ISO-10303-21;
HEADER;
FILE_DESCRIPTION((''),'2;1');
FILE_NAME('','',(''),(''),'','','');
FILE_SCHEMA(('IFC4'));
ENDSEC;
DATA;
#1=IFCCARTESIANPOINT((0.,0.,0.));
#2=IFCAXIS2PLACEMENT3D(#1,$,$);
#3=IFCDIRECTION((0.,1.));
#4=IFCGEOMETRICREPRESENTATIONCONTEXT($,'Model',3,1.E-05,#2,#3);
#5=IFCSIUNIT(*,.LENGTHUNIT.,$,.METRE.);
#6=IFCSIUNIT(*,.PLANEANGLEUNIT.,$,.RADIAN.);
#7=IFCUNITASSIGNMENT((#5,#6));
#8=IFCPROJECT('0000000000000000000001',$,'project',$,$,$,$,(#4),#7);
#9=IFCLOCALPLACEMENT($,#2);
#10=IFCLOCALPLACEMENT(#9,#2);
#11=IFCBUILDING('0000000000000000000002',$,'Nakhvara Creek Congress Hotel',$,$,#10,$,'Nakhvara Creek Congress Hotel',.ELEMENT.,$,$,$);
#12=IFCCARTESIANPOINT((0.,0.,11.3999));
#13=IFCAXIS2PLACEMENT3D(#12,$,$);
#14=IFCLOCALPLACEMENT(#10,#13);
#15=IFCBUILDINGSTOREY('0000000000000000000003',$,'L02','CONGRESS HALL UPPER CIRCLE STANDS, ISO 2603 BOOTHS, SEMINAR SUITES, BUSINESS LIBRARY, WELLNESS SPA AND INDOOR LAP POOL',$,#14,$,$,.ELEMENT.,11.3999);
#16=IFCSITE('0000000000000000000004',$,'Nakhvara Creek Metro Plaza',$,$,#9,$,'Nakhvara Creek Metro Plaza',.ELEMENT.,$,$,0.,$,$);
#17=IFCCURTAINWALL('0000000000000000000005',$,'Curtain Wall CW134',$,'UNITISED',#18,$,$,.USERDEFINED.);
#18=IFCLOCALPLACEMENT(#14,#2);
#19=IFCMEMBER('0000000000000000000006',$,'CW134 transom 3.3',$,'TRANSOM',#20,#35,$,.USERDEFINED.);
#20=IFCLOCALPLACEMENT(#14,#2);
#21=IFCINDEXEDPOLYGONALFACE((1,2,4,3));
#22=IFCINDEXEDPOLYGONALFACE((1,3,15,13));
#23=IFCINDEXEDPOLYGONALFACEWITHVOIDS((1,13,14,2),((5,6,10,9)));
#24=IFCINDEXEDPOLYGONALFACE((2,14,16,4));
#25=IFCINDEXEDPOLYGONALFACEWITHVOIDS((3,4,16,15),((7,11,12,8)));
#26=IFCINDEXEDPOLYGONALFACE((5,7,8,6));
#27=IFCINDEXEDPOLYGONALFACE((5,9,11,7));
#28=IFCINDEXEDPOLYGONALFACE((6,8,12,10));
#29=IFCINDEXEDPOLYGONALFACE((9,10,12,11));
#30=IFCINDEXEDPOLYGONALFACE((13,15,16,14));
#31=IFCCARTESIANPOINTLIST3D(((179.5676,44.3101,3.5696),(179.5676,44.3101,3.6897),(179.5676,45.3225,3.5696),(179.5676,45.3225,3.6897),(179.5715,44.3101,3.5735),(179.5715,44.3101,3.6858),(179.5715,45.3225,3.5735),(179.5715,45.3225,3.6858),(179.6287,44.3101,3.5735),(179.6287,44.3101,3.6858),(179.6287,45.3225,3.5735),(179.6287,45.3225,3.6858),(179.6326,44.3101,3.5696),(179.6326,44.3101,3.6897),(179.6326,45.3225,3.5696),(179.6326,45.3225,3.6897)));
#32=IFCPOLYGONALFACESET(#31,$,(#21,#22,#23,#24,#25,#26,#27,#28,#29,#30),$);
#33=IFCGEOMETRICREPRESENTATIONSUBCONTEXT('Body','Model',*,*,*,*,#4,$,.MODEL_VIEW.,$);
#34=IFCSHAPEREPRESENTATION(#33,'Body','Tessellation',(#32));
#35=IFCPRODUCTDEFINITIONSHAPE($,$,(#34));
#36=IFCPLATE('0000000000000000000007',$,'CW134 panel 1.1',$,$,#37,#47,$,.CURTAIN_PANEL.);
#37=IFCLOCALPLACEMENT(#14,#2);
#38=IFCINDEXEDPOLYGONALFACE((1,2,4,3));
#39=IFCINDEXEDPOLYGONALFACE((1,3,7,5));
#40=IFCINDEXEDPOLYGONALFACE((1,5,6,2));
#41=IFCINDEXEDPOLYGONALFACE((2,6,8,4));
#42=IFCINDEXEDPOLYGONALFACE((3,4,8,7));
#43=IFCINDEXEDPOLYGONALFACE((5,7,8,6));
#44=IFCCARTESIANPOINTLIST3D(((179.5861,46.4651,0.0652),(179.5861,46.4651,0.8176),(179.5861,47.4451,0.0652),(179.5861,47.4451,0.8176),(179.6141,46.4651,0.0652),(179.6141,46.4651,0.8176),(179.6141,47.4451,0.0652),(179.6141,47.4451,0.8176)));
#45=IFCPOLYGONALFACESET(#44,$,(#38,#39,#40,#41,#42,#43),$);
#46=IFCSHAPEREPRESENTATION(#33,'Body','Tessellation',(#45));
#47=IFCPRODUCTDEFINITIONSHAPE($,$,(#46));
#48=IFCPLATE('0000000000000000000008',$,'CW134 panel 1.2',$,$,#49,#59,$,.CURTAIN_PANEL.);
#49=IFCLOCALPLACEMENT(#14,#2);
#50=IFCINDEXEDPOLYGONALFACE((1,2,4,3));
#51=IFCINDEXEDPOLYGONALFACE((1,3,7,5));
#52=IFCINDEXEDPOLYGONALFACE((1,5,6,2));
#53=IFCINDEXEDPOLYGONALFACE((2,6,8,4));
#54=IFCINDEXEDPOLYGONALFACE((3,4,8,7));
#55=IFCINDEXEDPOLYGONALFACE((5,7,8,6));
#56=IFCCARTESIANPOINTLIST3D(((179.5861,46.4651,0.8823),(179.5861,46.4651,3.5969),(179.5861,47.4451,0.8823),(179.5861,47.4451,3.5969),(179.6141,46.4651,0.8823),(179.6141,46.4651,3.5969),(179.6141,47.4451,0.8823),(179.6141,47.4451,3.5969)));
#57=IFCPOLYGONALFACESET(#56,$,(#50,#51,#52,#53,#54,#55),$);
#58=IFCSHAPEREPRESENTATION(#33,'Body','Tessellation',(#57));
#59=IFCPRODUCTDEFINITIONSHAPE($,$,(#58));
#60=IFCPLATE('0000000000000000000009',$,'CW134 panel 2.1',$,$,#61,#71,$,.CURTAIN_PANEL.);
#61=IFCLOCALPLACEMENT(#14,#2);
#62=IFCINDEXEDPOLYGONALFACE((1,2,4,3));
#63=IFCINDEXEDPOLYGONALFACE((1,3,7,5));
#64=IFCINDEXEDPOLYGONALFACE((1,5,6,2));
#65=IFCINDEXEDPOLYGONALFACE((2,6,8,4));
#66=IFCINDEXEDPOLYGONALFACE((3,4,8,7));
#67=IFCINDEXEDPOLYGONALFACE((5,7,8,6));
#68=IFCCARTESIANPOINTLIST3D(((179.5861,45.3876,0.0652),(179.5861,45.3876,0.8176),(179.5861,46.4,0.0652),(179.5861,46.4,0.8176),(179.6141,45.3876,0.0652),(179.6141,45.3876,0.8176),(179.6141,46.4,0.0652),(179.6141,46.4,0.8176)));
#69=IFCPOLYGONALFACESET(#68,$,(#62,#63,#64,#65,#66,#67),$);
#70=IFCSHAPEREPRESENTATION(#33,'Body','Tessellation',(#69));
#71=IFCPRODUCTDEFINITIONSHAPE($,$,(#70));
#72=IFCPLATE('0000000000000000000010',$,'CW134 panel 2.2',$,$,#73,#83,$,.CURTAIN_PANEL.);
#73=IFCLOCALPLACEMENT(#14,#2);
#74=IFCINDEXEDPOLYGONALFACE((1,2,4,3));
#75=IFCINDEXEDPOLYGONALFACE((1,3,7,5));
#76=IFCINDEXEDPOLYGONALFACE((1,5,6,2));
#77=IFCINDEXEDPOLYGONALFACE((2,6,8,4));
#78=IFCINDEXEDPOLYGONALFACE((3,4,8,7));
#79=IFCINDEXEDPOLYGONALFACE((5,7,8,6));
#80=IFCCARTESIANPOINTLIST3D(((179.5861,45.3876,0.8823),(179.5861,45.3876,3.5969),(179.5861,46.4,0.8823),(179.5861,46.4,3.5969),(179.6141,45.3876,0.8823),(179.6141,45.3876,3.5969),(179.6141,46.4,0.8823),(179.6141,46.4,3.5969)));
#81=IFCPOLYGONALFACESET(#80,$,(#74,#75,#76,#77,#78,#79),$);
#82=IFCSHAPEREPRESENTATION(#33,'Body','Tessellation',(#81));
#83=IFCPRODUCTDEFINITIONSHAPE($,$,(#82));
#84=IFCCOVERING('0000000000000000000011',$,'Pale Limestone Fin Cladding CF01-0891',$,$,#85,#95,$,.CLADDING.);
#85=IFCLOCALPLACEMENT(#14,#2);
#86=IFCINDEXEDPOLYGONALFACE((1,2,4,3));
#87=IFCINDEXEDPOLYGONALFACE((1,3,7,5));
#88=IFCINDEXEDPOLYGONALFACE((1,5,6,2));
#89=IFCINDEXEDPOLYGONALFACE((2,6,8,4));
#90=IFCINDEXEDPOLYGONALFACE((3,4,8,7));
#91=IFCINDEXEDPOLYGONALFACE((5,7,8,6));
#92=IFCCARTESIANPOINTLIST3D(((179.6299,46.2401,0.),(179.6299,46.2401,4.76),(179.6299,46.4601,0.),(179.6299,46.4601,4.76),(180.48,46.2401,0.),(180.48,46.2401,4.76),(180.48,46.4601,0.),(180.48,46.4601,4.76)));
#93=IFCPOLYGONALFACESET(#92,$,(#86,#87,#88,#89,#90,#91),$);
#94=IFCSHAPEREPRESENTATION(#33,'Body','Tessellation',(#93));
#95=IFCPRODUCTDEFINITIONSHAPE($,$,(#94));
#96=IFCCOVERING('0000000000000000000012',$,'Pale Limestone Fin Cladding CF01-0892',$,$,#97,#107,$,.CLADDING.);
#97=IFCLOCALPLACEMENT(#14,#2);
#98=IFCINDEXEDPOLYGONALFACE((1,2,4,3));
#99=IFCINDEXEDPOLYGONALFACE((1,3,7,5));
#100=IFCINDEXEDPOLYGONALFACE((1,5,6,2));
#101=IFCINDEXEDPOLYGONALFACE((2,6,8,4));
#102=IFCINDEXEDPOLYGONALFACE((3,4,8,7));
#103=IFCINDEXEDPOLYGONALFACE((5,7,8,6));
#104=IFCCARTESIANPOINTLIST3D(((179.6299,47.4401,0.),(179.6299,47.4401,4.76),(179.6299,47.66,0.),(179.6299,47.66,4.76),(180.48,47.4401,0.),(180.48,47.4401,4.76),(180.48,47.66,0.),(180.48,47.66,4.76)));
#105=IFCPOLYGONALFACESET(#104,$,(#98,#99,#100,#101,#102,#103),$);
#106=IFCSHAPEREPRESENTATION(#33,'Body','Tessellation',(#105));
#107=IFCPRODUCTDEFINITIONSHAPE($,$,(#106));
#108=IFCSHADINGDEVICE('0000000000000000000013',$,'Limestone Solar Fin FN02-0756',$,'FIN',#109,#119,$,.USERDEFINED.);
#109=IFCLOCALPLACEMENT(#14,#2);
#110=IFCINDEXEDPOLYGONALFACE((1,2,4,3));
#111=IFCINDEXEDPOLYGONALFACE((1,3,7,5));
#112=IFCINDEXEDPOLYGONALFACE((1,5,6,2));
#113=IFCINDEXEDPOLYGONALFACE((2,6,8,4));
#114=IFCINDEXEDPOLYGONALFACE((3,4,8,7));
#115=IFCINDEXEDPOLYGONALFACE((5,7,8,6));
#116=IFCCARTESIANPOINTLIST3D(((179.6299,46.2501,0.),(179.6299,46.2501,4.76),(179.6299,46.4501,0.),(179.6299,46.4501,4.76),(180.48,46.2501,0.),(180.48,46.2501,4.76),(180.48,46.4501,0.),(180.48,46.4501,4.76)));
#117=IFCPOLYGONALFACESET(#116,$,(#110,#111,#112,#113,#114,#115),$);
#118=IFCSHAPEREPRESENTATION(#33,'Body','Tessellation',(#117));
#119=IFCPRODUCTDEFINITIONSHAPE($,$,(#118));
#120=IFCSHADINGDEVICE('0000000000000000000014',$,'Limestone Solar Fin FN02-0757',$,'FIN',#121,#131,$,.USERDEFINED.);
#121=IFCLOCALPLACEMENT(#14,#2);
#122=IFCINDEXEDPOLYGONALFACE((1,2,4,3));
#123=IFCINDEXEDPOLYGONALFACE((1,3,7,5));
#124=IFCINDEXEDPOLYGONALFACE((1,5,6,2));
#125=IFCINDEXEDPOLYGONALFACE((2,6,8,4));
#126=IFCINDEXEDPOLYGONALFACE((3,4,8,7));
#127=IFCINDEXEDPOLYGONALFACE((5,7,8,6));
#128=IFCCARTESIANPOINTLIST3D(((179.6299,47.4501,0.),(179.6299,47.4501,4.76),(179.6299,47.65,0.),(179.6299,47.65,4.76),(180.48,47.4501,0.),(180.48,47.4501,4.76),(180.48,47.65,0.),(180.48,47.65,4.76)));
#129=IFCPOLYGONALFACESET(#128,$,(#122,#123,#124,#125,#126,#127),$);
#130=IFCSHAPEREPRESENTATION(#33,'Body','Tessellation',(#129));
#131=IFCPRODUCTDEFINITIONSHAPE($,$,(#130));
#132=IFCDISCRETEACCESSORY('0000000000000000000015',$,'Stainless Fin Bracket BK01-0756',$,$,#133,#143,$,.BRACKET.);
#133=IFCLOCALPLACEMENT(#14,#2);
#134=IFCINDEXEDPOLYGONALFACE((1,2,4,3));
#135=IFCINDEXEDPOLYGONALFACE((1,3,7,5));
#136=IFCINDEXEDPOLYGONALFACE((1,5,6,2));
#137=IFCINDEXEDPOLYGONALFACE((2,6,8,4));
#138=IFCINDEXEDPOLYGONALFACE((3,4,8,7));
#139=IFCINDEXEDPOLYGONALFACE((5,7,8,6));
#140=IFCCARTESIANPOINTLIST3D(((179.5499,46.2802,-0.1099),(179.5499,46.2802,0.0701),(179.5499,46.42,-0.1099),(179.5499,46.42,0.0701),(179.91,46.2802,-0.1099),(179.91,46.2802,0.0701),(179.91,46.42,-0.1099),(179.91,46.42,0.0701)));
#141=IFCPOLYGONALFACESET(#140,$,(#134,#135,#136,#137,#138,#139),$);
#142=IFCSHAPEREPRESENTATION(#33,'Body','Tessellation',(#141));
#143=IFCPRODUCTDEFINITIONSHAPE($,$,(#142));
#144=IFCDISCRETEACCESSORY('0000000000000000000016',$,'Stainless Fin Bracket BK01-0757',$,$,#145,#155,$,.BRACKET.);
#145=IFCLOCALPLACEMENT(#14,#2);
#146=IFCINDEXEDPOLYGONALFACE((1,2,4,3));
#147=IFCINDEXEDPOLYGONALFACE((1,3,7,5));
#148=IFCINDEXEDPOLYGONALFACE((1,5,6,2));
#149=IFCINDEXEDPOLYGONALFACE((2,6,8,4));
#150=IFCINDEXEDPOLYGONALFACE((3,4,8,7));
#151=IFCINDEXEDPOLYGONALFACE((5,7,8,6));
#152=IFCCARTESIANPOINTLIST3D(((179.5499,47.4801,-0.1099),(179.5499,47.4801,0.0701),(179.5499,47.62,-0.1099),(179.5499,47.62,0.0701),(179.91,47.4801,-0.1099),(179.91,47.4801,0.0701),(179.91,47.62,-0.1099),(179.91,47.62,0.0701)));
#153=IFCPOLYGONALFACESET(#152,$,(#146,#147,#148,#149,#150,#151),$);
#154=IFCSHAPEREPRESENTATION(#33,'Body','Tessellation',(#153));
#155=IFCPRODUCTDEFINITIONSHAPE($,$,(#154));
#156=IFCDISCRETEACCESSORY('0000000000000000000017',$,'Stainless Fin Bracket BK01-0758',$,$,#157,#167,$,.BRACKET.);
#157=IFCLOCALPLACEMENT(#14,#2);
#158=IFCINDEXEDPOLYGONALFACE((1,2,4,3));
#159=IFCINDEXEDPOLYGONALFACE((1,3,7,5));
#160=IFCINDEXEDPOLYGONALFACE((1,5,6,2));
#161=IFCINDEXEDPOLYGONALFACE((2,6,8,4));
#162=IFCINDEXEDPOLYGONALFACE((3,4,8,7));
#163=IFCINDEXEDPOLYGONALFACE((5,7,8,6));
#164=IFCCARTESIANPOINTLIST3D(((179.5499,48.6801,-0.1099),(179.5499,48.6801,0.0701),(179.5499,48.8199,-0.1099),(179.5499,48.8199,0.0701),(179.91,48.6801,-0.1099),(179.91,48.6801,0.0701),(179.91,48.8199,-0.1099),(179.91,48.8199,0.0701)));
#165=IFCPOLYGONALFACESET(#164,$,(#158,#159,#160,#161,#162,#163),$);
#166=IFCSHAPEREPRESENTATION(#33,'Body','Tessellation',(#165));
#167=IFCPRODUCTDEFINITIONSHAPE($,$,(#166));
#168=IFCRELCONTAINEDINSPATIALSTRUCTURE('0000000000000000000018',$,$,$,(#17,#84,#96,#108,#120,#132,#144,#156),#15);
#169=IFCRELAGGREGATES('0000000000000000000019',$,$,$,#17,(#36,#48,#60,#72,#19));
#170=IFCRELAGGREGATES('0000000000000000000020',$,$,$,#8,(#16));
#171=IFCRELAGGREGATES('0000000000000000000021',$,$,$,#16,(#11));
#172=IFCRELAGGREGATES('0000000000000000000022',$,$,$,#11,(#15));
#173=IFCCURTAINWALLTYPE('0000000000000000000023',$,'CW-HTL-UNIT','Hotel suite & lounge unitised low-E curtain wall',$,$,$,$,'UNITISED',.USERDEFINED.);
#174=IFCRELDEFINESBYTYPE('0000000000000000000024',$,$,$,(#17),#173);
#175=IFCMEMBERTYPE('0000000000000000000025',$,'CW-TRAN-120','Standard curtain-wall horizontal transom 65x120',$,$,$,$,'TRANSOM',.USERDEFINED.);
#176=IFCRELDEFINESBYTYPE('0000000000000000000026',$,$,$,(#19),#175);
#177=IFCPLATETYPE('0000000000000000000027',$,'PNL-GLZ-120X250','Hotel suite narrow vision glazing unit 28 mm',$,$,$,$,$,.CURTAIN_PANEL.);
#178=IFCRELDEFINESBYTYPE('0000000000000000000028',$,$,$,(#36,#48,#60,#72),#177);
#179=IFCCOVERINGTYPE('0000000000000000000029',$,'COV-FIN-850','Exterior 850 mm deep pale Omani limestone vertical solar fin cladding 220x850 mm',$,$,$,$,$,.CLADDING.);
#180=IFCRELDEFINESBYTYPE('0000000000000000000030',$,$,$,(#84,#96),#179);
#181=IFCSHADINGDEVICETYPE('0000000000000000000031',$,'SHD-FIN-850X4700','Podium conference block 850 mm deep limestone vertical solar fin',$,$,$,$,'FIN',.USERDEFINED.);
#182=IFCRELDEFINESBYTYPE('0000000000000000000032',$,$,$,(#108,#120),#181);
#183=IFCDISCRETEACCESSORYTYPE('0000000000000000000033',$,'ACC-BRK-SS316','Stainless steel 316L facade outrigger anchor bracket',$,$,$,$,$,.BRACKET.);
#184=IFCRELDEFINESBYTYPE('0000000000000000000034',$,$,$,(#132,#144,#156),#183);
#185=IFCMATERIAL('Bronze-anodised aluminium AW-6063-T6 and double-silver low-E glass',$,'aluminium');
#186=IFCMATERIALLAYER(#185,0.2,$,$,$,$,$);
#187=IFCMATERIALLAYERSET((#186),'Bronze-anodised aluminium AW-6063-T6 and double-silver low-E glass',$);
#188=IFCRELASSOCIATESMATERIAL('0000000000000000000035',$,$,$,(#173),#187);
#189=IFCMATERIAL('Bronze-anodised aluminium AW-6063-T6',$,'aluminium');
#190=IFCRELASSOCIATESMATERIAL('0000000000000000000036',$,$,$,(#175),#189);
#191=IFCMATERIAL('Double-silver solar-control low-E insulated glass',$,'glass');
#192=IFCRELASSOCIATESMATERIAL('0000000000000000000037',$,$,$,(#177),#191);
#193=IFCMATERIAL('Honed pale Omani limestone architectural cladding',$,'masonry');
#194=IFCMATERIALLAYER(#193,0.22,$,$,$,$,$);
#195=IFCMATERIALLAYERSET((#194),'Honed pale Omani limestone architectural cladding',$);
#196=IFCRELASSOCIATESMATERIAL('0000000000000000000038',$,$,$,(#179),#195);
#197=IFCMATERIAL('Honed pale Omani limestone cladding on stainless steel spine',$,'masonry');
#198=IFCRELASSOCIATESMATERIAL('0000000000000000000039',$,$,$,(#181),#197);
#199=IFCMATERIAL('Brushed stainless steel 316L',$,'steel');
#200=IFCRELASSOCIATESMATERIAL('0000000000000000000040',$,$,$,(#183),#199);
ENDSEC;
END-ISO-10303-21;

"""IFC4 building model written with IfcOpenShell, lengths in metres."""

from ifc_helpers import new_model, si_unit, direction, frame, origin, origin_2d, place, context, subcontext, project, spatial, rectangle, hollow_rectangle, extrude, material, layer, layer_set, material_profile, profile_set, type_object, element, aggregate, save


model = new_model("IFC4")

# Units and contexts
model_context = context("Model", 3, precision=1e-05, world=origin(), true_north=direction((0.0, 1.0)))
body_context = subcontext(model_context, "Body", "Model", "MODEL_VIEW")
ifc_project = project(units=[si_unit("LENGTHUNIT", "METRE"), si_unit("PLANEANGLEUNIT", "RADIAN")], contexts=[model_context])

# Site, building, storey
site_placement = place(None, origin())
site = spatial("IfcSite", under=ifc_project, at=site_placement, Name="Nakhvara Creek Metro Plaza", LongName="Nakhvara Creek Metro Plaza", CompositionType="ELEMENT", RefElevation=0.0)
building_placement = place(site_placement, origin())
building = spatial("IfcBuilding", under=site, at=building_placement, Name="Nakhvara Creek Congress Hotel", LongName="Nakhvara Creek Congress Hotel", CompositionType="ELEMENT")
storey_placement = place(building_placement, frame((0.0, 0.0, 11.3999)))
storey = spatial("IfcBuildingStorey", under=building, at=storey_placement, Name="L02", Description="CONGRESS HALL UPPER CIRCLE STANDS, ISO 2603 BOOTHS, SEMINAR SUITES, BUSINESS LIBRARY, WELLNESS SPA AND INDOOR LAP POOL", CompositionType="ELEMENT", Elevation=11.3999)

# Curtain wall
ifc_material_1 = material(Name="Bronze-anodised aluminium AW-6063-T6 and double-silver low-E glass", Category="aluminium")
ifc_layer_1 = layer(ifc_material_1, 0.2)
ifc_layer_set_1 = layer_set([ifc_layer_1], Name="Bronze-anodised aluminium AW-6063-T6 and double-silver low-E glass")
curtain_wall_type = type_object("IfcCurtainWallType", Name="CW-HTL-UNIT", Description="Hotel suite & lounge unitised low-E curtain wall", ElementType="UNITISED", PredefinedType="USERDEFINED", material=ifc_layer_set_1)
curtain_wall_1_placement = place(storey_placement, origin())
curtain_wall_1 = element("IfcCurtainWall", 1, at=curtain_wall_1_placement, inside=storey, type_object=curtain_wall_type, Name="Curtain Wall CW134", ObjectType="UNITISED", PredefinedType="USERDEFINED")
ifc_material_2 = material(Name="Bronze-anodised aluminium AW-6063-T6", Category="aluminium")

# Member
ifc_material_profile_1 = material_profile(ifc_material_2, hollow_rectangle(XDim=0.0649, YDim=0.1201, WallThickness=0.0039, at=origin_2d()), Name="ALU-TRAN 65x120x4", Category="LoadBearing")
ifc_profile_set_1 = profile_set([ifc_material_profile_1], Name="Bronze-anodised aluminium AW-6063-T6")
member_type_1 = type_object("IfcMemberType", Name="CW-TRAN-120", Description="Standard curtain-wall horizontal transom 65x120", ElementType="TRANSOM", PredefinedType="USERDEFINED", material=ifc_profile_set_1)
member_1_placement = place(storey_placement, frame((179.6001, 45.3225, 3.6296), z_axis=(0.0, -1.0, 0.0), x_axis=(1.0, 0.0, 0.0)))
member_1 = element("IfcMember", 2, at=member_1_placement, type_object=member_type_1, Name="CW134 transom 3.3", ObjectType="TRANSOM", PredefinedType="USERDEFINED", context=body_context, shape_type="SweptSolid", body=[
    extrude(hollow_rectangle(XDim=0.0649, YDim=0.1201, WallThickness=0.0039, at=origin_2d()), origin(), (0.0, 0.0, 1.0), 1.0125),
])

# Plates
ifc_material_3 = material(Name="Double-silver solar-control low-E insulated glass", Category="glass")
plate_type = type_object("IfcPlateType", Name="PNL-GLZ-120X250", Description="Hotel suite narrow vision glazing unit 28 mm", PredefinedType="CURTAIN_PANEL", material=ifc_material_3)
plate_1_placement = place(storey_placement, frame((179.6001, 46.9551, 0.0652), z_axis=(0.0, 0.0, 1.0), x_axis=(0.0, -1.0, 0.0)))
plate_1 = element("IfcPlate", 3, at=plate_1_placement, type_object=plate_type, Name="CW134 panel 1.1", PredefinedType="CURTAIN_PANEL", context=body_context, shape_type="SweptSolid", body=[
    extrude(rectangle(XDim=0.98, YDim=0.0281, at=origin_2d()), origin(), (0.0, 0.0, 1.0), 0.7524),
])
plate_2_placement = place(storey_placement, frame((179.6001, 46.9551, 0.8823), z_axis=(0.0, 0.0, 1.0), x_axis=(0.0, -1.0, 0.0)))
plate_2 = element("IfcPlate", 4, at=plate_2_placement, type_object=plate_type, Name="CW134 panel 1.2", PredefinedType="CURTAIN_PANEL", context=body_context, shape_type="SweptSolid", body=[
    extrude(rectangle(XDim=0.98, YDim=0.0281, at=origin_2d()), origin(), (0.0, 0.0, 1.0), 2.7146),
])
plate_3_placement = place(storey_placement, frame((179.6001, 45.8938, 0.0652), z_axis=(0.0, 0.0, 1.0), x_axis=(0.0, -1.0, 0.0)))
plate_3 = element("IfcPlate", 5, at=plate_3_placement, type_object=plate_type, Name="CW134 panel 2.1", PredefinedType="CURTAIN_PANEL", context=body_context, shape_type="SweptSolid", body=[
    extrude(rectangle(XDim=1.0125, YDim=0.0281, at=origin_2d()), origin(), (0.0, 0.0, 1.0), 0.7524),
])
plate_4_placement = place(storey_placement, frame((179.6001, 45.8938, 0.8823), z_axis=(0.0, 0.0, 1.0), x_axis=(0.0, -1.0, 0.0)))
plate_4 = element("IfcPlate", 6, at=plate_4_placement, type_object=plate_type, Name="CW134 panel 2.2", PredefinedType="CURTAIN_PANEL", context=body_context, shape_type="SweptSolid", body=[
    extrude(rectangle(XDim=1.0125, YDim=0.0281, at=origin_2d()), origin(), (0.0, 0.0, 1.0), 2.7146),
])
aggregate(curtain_wall_1, [plate_1, plate_2, plate_3, plate_4, member_1])

# Coverings
ifc_material_4 = material(Name="Honed pale Omani limestone architectural cladding", Category="masonry")
ifc_layer_2 = layer(ifc_material_4, 0.22)
ifc_layer_set_2 = layer_set([ifc_layer_2], Name="Honed pale Omani limestone architectural cladding")
covering_type = type_object("IfcCoveringType", Name="COV-FIN-850", Description="Exterior 850 mm deep pale Omani limestone vertical solar fin cladding 220x850 mm", PredefinedType="CLADDING", material=ifc_layer_set_2)
for number, where, z_axis, x_axis, name in (
    (7, (180.0549, 46.3501, 0.0), (0.0, 0.0, 1.0), (0.0, 1.0, 0.0), "Pale Limestone Fin Cladding CF01-0891"),
    (8, (180.0549, 47.55, 0.0), (0.0, 0.0, 1.0), (0.0, 1.0, 0.0), "Pale Limestone Fin Cladding CF01-0892"),
):
    element("IfcCovering", number, at=place(storey_placement, frame(where, z_axis=z_axis, x_axis=x_axis)), inside=storey, type_object=covering_type, Name=name, PredefinedType="CLADDING", context=body_context, shape_type="SweptSolid", body=[
        extrude(rectangle(XDim=0.22, YDim=0.8501, at=origin_2d()), origin(), (0.0, 0.0, 1.0), 4.76),
    ])

# Shading devices
ifc_material_5 = material(Name="Honed pale Omani limestone cladding on stainless steel spine", Category="masonry")
shading_device_type = type_object("IfcShadingDeviceType", Name="SHD-FIN-850X4700", Description="Podium conference block 850 mm deep limestone vertical solar fin", ElementType="FIN", PredefinedType="USERDEFINED", material=ifc_material_5)
for number, where, z_axis, x_axis, name in (
    (9, (180.0549, 46.3501, 0.0), (0.0, 0.0, 1.0), (0.0, 1.0, 0.0), "Limestone Solar Fin FN02-0756"),
    (10, (180.0549, 47.55, 0.0), (0.0, 0.0, 1.0), (0.0, 1.0, 0.0), "Limestone Solar Fin FN02-0757"),
):
    element("IfcShadingDevice", number, at=place(storey_placement, frame(where, z_axis=z_axis, x_axis=x_axis)), inside=storey, type_object=shading_device_type, Name=name, ObjectType="FIN", PredefinedType="USERDEFINED", context=body_context, shape_type="SweptSolid", body=[
        extrude(rectangle(XDim=0.2, YDim=0.8501, at=origin_2d()), origin(), (0.0, 0.0, 1.0), 4.76),
    ])

# Discrete accessories
ifc_material_6 = material(Name="Brushed stainless steel 316L", Category="steel")
discrete_accessory_type = type_object("IfcDiscreteAccessoryType", Name="ACC-BRK-SS316", Description="Stainless steel 316L facade outrigger anchor bracket", PredefinedType="BRACKET", material=ifc_material_6)
for number, where, z_axis, x_axis, name in (
    (11, (179.73, 46.3501, -0.1099), (0.0, 0.0, 1.0), (0.0, 1.0, 0.0), "Stainless Fin Bracket BK01-0756"),
    (12, (179.73, 47.55, -0.1099), (0.0, 0.0, 1.0), (0.0, 1.0, 0.0), "Stainless Fin Bracket BK01-0757"),
    (13, (179.73, 48.75, -0.1099), (0.0, 0.0, 1.0), (0.0, 1.0, 0.0), "Stainless Fin Bracket BK01-0758"),
):
    element("IfcDiscreteAccessory", number, at=place(storey_placement, frame(where, z_axis=z_axis, x_axis=x_axis)), inside=storey, type_object=discrete_accessory_type, Name=name, PredefinedType="BRACKET", context=body_context, shape_type="SweptSolid", body=[
        extrude(rectangle(XDim=0.1399, YDim=0.3601, at=origin_2d()), origin(), (0.0, 0.0, 1.0), 0.1799),
    ])

save(model, "model.ifc")
